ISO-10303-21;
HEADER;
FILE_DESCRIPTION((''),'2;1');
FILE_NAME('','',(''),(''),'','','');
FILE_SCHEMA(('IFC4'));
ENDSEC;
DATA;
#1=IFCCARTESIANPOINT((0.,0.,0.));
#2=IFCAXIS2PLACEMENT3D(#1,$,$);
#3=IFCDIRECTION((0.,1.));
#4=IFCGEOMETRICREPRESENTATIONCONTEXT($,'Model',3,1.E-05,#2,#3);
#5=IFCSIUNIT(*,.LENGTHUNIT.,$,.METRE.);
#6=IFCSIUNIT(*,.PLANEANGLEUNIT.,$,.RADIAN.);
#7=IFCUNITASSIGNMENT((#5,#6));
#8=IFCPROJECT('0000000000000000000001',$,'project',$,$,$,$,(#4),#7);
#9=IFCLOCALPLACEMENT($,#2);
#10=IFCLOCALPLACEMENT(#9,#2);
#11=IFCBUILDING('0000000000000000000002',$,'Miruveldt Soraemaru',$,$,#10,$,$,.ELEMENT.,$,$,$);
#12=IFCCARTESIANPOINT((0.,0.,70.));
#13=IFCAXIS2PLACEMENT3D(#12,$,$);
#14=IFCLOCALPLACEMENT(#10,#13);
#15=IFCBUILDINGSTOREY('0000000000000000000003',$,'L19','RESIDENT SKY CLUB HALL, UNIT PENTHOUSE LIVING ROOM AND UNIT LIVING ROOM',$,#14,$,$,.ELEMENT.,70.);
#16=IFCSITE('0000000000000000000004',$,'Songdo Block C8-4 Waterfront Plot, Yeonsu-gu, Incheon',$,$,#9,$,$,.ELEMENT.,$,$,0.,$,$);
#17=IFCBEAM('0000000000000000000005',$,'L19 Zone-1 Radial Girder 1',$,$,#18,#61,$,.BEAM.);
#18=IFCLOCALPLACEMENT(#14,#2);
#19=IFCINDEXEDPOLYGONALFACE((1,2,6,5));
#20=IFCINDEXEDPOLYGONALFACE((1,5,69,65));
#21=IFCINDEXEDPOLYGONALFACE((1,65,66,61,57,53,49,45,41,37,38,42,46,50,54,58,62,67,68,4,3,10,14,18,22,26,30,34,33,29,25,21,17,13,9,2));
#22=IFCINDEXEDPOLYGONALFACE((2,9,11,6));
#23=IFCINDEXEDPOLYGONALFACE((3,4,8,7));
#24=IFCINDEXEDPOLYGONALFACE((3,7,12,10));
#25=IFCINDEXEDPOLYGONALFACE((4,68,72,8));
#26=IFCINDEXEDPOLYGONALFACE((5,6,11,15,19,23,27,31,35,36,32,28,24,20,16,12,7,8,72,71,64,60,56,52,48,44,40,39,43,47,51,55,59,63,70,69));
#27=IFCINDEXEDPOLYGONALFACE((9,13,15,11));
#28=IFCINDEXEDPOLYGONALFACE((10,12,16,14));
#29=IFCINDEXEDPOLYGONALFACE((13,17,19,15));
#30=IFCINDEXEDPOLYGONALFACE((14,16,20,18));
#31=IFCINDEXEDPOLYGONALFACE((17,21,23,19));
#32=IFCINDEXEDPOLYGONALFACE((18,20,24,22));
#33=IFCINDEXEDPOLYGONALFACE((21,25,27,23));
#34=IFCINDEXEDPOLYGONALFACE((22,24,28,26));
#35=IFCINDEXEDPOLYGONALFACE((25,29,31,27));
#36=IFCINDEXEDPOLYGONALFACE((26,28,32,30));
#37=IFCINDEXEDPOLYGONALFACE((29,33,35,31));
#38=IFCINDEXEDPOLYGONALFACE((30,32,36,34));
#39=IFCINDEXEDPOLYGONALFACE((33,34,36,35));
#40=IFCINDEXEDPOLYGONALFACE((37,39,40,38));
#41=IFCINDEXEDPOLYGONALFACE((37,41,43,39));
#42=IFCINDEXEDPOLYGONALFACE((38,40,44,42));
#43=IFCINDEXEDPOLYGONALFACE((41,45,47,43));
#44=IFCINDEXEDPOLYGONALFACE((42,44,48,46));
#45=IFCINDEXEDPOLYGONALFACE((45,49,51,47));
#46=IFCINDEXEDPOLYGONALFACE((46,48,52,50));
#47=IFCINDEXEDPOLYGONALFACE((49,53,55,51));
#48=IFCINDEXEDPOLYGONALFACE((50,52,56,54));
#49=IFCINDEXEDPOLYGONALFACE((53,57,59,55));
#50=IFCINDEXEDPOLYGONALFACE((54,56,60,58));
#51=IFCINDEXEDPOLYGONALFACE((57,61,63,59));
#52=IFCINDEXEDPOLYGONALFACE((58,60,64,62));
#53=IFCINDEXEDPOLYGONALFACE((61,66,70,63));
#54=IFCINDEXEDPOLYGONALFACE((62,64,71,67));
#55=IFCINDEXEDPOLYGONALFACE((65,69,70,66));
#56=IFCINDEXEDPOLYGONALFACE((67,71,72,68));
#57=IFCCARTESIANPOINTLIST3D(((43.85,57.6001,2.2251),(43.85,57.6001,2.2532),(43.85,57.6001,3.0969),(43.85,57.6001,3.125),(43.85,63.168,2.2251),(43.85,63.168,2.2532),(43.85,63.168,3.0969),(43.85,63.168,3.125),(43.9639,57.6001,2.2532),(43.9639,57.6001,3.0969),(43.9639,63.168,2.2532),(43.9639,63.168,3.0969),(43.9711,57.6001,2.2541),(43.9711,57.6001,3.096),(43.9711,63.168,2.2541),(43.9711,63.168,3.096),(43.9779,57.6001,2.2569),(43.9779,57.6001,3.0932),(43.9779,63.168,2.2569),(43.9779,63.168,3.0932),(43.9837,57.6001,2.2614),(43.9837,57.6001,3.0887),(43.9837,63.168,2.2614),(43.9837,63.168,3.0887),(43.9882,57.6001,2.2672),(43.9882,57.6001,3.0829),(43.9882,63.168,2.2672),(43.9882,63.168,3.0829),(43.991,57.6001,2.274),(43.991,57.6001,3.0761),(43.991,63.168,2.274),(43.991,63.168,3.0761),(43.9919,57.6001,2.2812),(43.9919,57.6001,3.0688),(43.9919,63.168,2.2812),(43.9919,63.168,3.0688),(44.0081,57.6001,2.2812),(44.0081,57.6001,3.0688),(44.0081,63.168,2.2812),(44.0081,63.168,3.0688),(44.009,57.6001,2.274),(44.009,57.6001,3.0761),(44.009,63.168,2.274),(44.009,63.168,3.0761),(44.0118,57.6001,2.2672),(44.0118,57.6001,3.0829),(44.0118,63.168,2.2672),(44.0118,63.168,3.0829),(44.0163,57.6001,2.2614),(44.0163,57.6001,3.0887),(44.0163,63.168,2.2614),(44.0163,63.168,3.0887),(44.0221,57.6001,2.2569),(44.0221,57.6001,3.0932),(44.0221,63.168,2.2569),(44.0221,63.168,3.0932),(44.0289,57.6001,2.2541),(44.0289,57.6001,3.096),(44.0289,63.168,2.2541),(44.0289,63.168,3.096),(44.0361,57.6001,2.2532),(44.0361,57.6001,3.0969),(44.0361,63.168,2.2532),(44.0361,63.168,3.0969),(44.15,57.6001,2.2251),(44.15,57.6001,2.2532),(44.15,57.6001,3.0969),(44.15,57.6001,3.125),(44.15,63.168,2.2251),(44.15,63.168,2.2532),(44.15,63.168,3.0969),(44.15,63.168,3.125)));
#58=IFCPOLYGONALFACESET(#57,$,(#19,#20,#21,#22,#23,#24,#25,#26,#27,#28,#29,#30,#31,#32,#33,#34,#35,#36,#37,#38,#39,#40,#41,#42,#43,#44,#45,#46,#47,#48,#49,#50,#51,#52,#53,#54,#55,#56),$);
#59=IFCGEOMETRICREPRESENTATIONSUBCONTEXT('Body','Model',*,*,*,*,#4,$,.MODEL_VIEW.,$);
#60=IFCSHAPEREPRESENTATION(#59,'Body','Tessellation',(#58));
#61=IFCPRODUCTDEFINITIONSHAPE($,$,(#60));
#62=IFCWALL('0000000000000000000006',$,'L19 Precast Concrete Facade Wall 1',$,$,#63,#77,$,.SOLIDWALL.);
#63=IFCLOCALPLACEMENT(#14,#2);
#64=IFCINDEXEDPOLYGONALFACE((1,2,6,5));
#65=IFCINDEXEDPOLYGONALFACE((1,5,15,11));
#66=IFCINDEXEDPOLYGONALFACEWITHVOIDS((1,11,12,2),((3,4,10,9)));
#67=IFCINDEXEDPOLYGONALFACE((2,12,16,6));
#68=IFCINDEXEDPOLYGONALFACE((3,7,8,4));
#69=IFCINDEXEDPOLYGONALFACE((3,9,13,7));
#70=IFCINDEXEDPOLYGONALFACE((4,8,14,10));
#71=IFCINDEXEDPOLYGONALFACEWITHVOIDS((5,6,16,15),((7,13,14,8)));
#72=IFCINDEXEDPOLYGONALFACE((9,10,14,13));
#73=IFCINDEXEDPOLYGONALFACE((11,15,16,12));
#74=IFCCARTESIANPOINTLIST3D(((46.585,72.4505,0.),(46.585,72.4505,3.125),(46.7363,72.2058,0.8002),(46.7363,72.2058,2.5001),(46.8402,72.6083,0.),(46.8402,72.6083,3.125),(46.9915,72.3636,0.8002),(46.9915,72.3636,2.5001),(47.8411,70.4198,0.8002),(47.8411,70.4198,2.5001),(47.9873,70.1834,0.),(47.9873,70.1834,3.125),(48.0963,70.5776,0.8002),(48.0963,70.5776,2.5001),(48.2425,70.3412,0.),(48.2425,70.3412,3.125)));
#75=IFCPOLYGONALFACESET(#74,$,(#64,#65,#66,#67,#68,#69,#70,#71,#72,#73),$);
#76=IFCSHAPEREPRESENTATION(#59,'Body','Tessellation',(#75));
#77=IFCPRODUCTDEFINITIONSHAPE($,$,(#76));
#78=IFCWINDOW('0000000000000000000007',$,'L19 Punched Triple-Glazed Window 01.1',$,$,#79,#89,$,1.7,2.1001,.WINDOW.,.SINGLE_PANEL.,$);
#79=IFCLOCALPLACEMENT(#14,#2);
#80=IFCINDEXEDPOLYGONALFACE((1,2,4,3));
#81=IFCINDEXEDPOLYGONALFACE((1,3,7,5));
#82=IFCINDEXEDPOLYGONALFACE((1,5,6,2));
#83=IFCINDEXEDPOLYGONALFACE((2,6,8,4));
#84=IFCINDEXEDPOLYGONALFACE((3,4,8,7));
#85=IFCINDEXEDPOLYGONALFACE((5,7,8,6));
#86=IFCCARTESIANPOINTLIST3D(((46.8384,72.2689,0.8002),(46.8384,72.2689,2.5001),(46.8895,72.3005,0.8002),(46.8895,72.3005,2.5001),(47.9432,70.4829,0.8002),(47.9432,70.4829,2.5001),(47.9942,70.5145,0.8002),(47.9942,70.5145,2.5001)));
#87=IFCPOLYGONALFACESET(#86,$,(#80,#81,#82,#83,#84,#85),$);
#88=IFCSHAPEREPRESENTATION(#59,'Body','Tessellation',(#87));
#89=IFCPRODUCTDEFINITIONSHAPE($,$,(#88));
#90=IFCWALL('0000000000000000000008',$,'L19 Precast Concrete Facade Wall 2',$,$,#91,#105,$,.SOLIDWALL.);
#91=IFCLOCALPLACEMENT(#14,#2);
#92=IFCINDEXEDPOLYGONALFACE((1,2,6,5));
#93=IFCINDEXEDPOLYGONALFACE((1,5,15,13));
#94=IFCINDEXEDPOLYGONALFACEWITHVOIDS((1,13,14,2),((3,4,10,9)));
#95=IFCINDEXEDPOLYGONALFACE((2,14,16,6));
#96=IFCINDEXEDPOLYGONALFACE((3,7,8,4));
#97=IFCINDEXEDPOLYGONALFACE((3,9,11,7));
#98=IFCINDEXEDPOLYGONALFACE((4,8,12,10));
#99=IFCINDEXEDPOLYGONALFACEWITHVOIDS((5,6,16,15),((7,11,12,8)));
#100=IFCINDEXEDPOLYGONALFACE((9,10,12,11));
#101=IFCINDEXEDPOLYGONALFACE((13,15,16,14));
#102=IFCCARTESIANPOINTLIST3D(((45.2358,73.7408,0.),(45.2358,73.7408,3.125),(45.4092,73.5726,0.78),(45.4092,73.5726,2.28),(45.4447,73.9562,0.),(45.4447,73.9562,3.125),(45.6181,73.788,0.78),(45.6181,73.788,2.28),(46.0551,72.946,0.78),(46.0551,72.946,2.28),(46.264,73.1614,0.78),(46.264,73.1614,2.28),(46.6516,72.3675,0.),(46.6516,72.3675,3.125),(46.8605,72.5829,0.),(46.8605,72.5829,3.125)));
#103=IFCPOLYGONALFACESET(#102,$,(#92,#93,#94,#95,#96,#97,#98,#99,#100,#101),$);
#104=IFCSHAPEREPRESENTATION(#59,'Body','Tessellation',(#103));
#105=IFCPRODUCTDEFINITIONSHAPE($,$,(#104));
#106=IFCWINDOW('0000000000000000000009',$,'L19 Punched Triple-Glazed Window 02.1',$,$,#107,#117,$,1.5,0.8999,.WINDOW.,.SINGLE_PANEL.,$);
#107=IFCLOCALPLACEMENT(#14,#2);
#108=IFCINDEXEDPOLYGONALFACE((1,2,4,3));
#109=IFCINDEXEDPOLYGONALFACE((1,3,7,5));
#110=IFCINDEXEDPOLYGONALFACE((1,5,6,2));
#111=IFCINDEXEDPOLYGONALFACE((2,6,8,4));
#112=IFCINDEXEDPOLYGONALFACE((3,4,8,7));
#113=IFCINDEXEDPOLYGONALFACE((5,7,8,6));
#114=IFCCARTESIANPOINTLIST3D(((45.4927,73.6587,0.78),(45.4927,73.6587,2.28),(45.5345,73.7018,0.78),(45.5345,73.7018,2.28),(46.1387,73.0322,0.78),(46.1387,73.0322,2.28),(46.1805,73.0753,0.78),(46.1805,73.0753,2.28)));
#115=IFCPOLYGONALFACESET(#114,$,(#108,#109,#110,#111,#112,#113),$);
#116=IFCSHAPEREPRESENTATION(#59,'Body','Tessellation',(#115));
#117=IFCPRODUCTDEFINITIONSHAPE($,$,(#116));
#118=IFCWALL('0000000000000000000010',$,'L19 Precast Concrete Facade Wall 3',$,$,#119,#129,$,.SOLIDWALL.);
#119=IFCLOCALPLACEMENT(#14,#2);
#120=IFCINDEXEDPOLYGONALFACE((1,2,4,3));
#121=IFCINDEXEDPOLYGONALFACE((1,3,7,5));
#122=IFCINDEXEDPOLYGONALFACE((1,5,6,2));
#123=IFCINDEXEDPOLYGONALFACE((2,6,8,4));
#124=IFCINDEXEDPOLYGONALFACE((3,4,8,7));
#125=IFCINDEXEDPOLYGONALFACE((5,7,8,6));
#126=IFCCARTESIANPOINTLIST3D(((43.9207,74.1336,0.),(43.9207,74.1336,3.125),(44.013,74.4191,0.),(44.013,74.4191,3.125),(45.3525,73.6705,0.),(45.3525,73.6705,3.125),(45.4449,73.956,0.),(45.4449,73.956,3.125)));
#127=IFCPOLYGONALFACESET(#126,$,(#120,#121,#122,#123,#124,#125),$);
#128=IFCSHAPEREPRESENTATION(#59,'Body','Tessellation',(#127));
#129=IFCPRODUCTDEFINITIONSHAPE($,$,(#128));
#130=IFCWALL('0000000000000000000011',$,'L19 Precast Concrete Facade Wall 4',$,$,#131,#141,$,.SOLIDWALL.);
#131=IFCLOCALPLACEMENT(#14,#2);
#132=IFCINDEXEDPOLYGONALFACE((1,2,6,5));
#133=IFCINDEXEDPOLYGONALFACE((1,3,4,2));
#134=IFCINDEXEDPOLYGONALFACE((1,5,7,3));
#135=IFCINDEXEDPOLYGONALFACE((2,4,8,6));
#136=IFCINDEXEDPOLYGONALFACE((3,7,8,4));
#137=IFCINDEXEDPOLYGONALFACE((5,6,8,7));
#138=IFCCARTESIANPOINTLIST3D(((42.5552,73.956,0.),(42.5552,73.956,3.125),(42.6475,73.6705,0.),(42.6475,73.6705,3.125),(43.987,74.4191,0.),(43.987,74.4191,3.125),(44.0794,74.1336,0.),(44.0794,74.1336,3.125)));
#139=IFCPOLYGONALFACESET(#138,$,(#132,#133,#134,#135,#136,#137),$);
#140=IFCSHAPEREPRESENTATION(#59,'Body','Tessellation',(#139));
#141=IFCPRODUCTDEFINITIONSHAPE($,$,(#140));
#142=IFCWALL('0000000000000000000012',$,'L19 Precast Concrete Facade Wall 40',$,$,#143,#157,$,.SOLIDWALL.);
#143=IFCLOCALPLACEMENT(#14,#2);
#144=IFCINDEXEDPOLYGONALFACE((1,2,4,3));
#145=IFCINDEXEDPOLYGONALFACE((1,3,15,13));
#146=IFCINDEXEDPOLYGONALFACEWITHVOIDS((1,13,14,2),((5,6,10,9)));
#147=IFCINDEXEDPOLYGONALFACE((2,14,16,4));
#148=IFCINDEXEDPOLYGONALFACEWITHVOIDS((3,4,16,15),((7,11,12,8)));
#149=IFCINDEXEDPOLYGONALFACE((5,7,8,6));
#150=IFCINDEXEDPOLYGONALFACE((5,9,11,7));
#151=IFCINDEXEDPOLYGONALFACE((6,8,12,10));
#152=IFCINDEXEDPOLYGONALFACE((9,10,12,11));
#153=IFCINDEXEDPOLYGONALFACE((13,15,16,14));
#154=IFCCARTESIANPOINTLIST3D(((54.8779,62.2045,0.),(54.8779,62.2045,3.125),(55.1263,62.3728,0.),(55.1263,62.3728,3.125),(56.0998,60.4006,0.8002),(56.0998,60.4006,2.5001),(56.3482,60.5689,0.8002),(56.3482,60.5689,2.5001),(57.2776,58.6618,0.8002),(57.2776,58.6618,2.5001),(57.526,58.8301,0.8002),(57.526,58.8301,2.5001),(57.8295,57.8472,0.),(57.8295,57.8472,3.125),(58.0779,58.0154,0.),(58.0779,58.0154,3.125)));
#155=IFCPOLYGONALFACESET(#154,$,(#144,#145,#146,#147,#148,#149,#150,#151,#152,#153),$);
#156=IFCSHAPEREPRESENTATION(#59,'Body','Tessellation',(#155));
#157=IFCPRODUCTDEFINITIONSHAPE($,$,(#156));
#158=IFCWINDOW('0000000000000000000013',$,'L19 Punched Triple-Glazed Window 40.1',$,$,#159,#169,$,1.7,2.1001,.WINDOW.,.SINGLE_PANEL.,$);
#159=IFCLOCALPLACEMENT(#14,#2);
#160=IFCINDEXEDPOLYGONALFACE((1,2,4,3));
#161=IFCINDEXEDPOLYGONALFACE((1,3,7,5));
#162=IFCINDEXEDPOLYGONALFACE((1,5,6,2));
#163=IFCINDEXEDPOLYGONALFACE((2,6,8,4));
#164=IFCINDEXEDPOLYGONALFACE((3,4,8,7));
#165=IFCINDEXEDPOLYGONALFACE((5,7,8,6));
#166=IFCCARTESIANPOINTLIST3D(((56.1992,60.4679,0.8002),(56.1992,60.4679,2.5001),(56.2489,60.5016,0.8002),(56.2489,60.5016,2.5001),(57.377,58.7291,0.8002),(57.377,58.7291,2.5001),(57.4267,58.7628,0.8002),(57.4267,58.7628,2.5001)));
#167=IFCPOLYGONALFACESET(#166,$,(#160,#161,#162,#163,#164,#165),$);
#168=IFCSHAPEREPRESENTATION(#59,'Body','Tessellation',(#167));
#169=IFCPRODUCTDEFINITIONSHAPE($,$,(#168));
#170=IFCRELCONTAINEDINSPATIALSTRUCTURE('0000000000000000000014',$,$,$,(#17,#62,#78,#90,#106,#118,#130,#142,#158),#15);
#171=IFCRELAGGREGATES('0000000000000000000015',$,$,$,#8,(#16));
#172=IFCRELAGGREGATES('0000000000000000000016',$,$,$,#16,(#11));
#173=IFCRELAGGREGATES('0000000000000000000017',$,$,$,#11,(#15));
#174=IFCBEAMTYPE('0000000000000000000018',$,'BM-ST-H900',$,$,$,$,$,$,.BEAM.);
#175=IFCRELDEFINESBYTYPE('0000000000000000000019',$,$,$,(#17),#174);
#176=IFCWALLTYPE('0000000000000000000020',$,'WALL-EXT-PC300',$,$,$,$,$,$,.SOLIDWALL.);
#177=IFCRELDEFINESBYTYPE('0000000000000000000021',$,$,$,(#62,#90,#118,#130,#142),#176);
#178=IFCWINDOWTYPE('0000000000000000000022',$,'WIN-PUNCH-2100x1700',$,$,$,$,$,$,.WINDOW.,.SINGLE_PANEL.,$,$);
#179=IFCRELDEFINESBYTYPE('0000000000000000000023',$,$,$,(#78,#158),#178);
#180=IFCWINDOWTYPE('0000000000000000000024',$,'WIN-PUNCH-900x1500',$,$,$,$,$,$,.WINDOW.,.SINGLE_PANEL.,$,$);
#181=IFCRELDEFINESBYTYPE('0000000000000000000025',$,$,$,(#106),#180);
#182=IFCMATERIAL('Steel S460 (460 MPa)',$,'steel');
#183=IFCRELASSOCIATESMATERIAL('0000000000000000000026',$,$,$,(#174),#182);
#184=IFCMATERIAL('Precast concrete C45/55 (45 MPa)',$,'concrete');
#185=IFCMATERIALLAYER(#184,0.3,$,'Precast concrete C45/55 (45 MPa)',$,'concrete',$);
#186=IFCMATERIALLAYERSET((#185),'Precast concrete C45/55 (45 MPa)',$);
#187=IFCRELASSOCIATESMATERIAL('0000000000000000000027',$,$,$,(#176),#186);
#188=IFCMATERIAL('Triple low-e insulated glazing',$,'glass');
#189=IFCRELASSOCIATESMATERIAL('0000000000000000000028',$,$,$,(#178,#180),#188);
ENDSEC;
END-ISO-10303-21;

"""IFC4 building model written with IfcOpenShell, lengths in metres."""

from ifc_helpers import new_model, si_unit, direction, frame, frame_2d, origin, origin_2d, place, context, subcontext, project, spatial, rectangle, i_section, extrude, material, layer, layer_set, material_profile, profile_set, type_object, element, fill, save


model = new_model("IFC4")

# Units and contexts
model_context = context("Model", 3, precision=1e-05, world=origin(), true_north=direction((0.0, 1.0)))
body_context = subcontext(model_context, "Body", "Model", "MODEL_VIEW")
ifc_project = project(units=[si_unit("LENGTHUNIT", "METRE"), si_unit("PLANEANGLEUNIT", "RADIAN")], contexts=[model_context])

# Site, building, storey
site_placement = place(None, origin())
site = spatial("IfcSite", under=ifc_project, at=site_placement, Name="Songdo Block C8-4 Waterfront Plot, Yeonsu-gu, Incheon", CompositionType="ELEMENT", RefElevation=0.0)
building_placement = place(site_placement, origin())
building = spatial("IfcBuilding", under=site, at=building_placement, Name="Miruveldt Soraemaru", CompositionType="ELEMENT")
storey_placement = place(building_placement, frame((0.0, 0.0, 70.0)))
storey = spatial("IfcBuildingStorey", under=building, at=storey_placement, Name="L19", Description="RESIDENT SKY CLUB HALL, UNIT PENTHOUSE LIVING ROOM AND UNIT LIVING ROOM", CompositionType="ELEMENT", Elevation=70.0)

# Beam
ifc_material_1 = material(Name="Steel S460 (460 MPa)", Category="steel")
ifc_material_profile_1 = material_profile(ifc_material_1, i_section(OverallWidth=0.3, OverallDepth=0.8999, WebThickness=0.0161, FlangeThickness=0.0281, FilletRadius=0.0281, at=origin_2d()), Name="Steel S460 (460 MPa)", Category="steel")
ifc_profile_set_1 = profile_set([ifc_material_profile_1], Name="Steel S460 (460 MPa)")
beam_type_1 = type_object("IfcBeamType", Name="BM-ST-H900", PredefinedType="BEAM", material=ifc_profile_set_1)
beam_1_placement = place(storey_placement, frame((44.0, 57.6001, 2.675), z_axis=(0.0, 1.0, 0.0), x_axis=(-1.0, 0.0, 0.0)))
element("IfcBeam", 1, at=beam_1_placement, inside=storey, type_object=beam_type_1, Name="L19 Zone-1 Radial Girder 1", PredefinedType="BEAM", context=body_context, shape_type="SweptSolid", body=[
    extrude(i_section(OverallWidth=0.3, OverallDepth=0.8999, WebThickness=0.0161, FlangeThickness=0.0281, FilletRadius=0.0281, at=origin_2d()), origin(), (0.0, 0.0, 1.0), 5.5679),
])

# Walls, openings, windows
ifc_material_2 = material(Name="Precast concrete C45/55 (45 MPa)", Category="concrete")
ifc_layer_1 = layer(ifc_material_2, 0.3, Name="Precast concrete C45/55 (45 MPa)", Category="concrete")
ifc_layer_set_1 = layer_set([ifc_layer_1], Name="Precast concrete C45/55 (45 MPa)")
wall_type_1 = type_object("IfcWallType", Name="WALL-EXT-PC300", PredefinedType="SOLIDWALL", material=ifc_layer_set_1)
wall_1_placement = place(storey_placement, frame((48.115, 70.2622, 0.0), z_axis=(0.0, 0.0, 1.0), x_axis=(-0.526058, 0.850449, 0.0)))
wall_1 = element("IfcWall", 2, at=wall_1_placement, inside=storey, type_object=wall_type_1, Name="L19 Precast Concrete Facade Wall 1", PredefinedType="SOLIDWALL", context=body_context, shape_type="SweptSolid", body=[
    extrude(rectangle(XDim=2.6658, YDim=0.3, at=frame_2d((1.333, 0.0))), origin(), (0.0, 0.0, 1.0), 3.125),
])
opening_1_placement = place(wall_1_placement, frame((0.2781, 0.0, 0.8)))
opening_1 = element("IfcOpeningElement", 3, at=opening_1_placement, cuts=wall_1, PredefinedType="OPENING", context=body_context, shape_type="SweptSolid", body=[
    extrude(rectangle(XDim=2.1001, YDim=1.7, at=frame_2d((1.05, 0.8501))), frame((0.0, 0.1602, 0.0), z_axis=(0.0, -1.0, 0.0), x_axis=(1.0, 0.0, 0.0)), (0.0, 0.0, 1.0), 0.3201),
])
ifc_material_3 = material(Name="Triple low-e insulated glazing", Category="glass")
window_type_1 = type_object("IfcWindowType", Name="WIN-PUNCH-2100x1700", PartitioningType="SINGLE_PANEL", PredefinedType="WINDOW", material=ifc_material_3)
window_1_placement = place(opening_1_placement, origin())
window_1 = element("IfcWindow", 4, at=window_1_placement, inside=storey, type_object=window_type_1, Name="L19 Punched Triple-Glazed Window 01.1", OverallHeight=1.7, OverallWidth=2.1001, PartitioningType="SINGLE_PANEL", PredefinedType="WINDOW", context=body_context, shape_type="SweptSolid", body=[
    extrude(rectangle(XDim=2.1001, YDim=1.7, at=frame_2d((1.05, 0.8501))), frame((0.0, 0.03, 0.0), z_axis=(0.0, -1.0, 0.0), x_axis=(1.0, 0.0, 0.0)), (0.0, 0.0, 1.0), 0.0601),
])
fill(opening_1, window_1)
wall_2_placement = place(storey_placement, frame((46.7561, 72.4751, 0.0), z_axis=(0.0, 0.0, 1.0), x_axis=(-0.717794, 0.696256, 0.0)))
wall_2 = element("IfcWall", 5, at=wall_2_placement, inside=storey, type_object=wall_type_1, Name="L19 Precast Concrete Facade Wall 2", PredefinedType="SOLIDWALL", context=body_context, shape_type="SweptSolid", body=[
    extrude(rectangle(XDim=1.9724, YDim=0.3, at=frame_2d((0.9863, 0.0))), origin(), (0.0, 0.0, 1.0), 3.125),
])
opening_2_placement = place(wall_2_placement, frame((0.8311, 0.0, 0.78)))
opening_2 = element("IfcOpeningElement", 6, at=opening_2_placement, cuts=wall_2, PredefinedType="OPENING", context=body_context, shape_type="SweptSolid", body=[
    extrude(rectangle(XDim=0.8999, YDim=1.5, at=frame_2d((0.45, 0.75))), frame((0.0, 0.1602, 0.0), z_axis=(0.0, -1.0, 0.0), x_axis=(1.0, 0.0, 0.0)), (0.0, 0.0, 1.0), 0.3201),
])
window_type_2 = type_object("IfcWindowType", Name="WIN-PUNCH-900x1500", PartitioningType="SINGLE_PANEL", PredefinedType="WINDOW", material=ifc_material_3)
window_2_placement = place(opening_2_placement, origin())
window_2 = element("IfcWindow", 7, at=window_2_placement, inside=storey, type_object=window_type_2, Name="L19 Punched Triple-Glazed Window 02.1", OverallHeight=1.5, OverallWidth=0.8999, PartitioningType="SINGLE_PANEL", PredefinedType="WINDOW", context=body_context, shape_type="SweptSolid", body=[
    extrude(rectangle(XDim=0.8999, YDim=1.5, at=frame_2d((0.45, 0.75))), frame((0.0, 0.03, 0.0), z_axis=(0.0, -1.0, 0.0), x_axis=(1.0, 0.0, 0.0)), (0.0, 0.0, 1.0), 0.0601),
])
fill(opening_2, window_2)

# Walls
for number, where, z_axis, x_axis, name in (
    (8, (45.3987, 73.8132, 0.0), (0.0, 0.0, 1.0), (-0.951468, 0.307747, 0.0), "L19 Precast Concrete Facade Wall 3"),
    (9, (44.0332, 74.2764, 0.0), (0.0, 0.0, 1.0), (-0.951468, -0.307747, 0.0), "L19 Precast Concrete Facade Wall 4"),
):
    element("IfcWall", number, at=place(storey_placement, frame(where, z_axis=z_axis, x_axis=x_axis)), inside=storey, type_object=wall_type_1, Name=name, PredefinedType="SOLIDWALL", context=body_context, shape_type="SweptSolid", body=[
        extrude(rectangle(XDim=1.5049, YDim=0.3, at=frame_2d((0.7524, 0.0))), origin(), (0.0, 0.0, 1.0), 3.125),
    ])

# Wall, opening, window
wall_3_placement = place(storey_placement, frame((57.9536, 57.9314, 0.0), z_axis=(0.0, 0.0, 1.0), x_axis=(-0.56083, 0.827931, 0.0)))
wall_3 = element("IfcWall", 10, at=wall_3_placement, inside=storey, type_object=wall_type_1, Name="L19 Precast Concrete Facade Wall 40", PredefinedType="SOLIDWALL", context=body_context, shape_type="SweptSolid", body=[
    extrude(rectangle(XDim=5.2629, YDim=0.3, at=frame_2d((2.6313, 0.0))), origin(), (0.0, 0.0, 1.0), 3.125),
])
opening_3_placement = place(wall_3_placement, frame((0.9839, 0.0, 0.8)))
opening_3 = element("IfcOpeningElement", 11, at=opening_3_placement, cuts=wall_3, PredefinedType="OPENING", context=body_context, shape_type="SweptSolid", body=[
    extrude(rectangle(XDim=2.1001, YDim=1.7, at=frame_2d((1.05, 0.8501))), frame((0.0, 0.1602, 0.0), z_axis=(0.0, -1.0, 0.0), x_axis=(1.0, 0.0, 0.0)), (0.0, 0.0, 1.0), 0.3201),
])
window_3_placement = place(opening_3_placement, origin())
window_3 = element("IfcWindow", 12, at=window_3_placement, inside=storey, type_object=window_type_1, Name="L19 Punched Triple-Glazed Window 40.1", OverallHeight=1.7, OverallWidth=2.1001, PartitioningType="SINGLE_PANEL", PredefinedType="WINDOW", context=body_context, shape_type="SweptSolid", body=[
    extrude(rectangle(XDim=2.1001, YDim=1.7, at=frame_2d((1.05, 0.8501))), frame((0.0, 0.03, 0.0), z_axis=(0.0, -1.0, 0.0), x_axis=(1.0, 0.0, 0.0)), (0.0, 0.0, 1.0), 0.0601),
])
fill(opening_3, window_3)

save(model, "model.ifc")
